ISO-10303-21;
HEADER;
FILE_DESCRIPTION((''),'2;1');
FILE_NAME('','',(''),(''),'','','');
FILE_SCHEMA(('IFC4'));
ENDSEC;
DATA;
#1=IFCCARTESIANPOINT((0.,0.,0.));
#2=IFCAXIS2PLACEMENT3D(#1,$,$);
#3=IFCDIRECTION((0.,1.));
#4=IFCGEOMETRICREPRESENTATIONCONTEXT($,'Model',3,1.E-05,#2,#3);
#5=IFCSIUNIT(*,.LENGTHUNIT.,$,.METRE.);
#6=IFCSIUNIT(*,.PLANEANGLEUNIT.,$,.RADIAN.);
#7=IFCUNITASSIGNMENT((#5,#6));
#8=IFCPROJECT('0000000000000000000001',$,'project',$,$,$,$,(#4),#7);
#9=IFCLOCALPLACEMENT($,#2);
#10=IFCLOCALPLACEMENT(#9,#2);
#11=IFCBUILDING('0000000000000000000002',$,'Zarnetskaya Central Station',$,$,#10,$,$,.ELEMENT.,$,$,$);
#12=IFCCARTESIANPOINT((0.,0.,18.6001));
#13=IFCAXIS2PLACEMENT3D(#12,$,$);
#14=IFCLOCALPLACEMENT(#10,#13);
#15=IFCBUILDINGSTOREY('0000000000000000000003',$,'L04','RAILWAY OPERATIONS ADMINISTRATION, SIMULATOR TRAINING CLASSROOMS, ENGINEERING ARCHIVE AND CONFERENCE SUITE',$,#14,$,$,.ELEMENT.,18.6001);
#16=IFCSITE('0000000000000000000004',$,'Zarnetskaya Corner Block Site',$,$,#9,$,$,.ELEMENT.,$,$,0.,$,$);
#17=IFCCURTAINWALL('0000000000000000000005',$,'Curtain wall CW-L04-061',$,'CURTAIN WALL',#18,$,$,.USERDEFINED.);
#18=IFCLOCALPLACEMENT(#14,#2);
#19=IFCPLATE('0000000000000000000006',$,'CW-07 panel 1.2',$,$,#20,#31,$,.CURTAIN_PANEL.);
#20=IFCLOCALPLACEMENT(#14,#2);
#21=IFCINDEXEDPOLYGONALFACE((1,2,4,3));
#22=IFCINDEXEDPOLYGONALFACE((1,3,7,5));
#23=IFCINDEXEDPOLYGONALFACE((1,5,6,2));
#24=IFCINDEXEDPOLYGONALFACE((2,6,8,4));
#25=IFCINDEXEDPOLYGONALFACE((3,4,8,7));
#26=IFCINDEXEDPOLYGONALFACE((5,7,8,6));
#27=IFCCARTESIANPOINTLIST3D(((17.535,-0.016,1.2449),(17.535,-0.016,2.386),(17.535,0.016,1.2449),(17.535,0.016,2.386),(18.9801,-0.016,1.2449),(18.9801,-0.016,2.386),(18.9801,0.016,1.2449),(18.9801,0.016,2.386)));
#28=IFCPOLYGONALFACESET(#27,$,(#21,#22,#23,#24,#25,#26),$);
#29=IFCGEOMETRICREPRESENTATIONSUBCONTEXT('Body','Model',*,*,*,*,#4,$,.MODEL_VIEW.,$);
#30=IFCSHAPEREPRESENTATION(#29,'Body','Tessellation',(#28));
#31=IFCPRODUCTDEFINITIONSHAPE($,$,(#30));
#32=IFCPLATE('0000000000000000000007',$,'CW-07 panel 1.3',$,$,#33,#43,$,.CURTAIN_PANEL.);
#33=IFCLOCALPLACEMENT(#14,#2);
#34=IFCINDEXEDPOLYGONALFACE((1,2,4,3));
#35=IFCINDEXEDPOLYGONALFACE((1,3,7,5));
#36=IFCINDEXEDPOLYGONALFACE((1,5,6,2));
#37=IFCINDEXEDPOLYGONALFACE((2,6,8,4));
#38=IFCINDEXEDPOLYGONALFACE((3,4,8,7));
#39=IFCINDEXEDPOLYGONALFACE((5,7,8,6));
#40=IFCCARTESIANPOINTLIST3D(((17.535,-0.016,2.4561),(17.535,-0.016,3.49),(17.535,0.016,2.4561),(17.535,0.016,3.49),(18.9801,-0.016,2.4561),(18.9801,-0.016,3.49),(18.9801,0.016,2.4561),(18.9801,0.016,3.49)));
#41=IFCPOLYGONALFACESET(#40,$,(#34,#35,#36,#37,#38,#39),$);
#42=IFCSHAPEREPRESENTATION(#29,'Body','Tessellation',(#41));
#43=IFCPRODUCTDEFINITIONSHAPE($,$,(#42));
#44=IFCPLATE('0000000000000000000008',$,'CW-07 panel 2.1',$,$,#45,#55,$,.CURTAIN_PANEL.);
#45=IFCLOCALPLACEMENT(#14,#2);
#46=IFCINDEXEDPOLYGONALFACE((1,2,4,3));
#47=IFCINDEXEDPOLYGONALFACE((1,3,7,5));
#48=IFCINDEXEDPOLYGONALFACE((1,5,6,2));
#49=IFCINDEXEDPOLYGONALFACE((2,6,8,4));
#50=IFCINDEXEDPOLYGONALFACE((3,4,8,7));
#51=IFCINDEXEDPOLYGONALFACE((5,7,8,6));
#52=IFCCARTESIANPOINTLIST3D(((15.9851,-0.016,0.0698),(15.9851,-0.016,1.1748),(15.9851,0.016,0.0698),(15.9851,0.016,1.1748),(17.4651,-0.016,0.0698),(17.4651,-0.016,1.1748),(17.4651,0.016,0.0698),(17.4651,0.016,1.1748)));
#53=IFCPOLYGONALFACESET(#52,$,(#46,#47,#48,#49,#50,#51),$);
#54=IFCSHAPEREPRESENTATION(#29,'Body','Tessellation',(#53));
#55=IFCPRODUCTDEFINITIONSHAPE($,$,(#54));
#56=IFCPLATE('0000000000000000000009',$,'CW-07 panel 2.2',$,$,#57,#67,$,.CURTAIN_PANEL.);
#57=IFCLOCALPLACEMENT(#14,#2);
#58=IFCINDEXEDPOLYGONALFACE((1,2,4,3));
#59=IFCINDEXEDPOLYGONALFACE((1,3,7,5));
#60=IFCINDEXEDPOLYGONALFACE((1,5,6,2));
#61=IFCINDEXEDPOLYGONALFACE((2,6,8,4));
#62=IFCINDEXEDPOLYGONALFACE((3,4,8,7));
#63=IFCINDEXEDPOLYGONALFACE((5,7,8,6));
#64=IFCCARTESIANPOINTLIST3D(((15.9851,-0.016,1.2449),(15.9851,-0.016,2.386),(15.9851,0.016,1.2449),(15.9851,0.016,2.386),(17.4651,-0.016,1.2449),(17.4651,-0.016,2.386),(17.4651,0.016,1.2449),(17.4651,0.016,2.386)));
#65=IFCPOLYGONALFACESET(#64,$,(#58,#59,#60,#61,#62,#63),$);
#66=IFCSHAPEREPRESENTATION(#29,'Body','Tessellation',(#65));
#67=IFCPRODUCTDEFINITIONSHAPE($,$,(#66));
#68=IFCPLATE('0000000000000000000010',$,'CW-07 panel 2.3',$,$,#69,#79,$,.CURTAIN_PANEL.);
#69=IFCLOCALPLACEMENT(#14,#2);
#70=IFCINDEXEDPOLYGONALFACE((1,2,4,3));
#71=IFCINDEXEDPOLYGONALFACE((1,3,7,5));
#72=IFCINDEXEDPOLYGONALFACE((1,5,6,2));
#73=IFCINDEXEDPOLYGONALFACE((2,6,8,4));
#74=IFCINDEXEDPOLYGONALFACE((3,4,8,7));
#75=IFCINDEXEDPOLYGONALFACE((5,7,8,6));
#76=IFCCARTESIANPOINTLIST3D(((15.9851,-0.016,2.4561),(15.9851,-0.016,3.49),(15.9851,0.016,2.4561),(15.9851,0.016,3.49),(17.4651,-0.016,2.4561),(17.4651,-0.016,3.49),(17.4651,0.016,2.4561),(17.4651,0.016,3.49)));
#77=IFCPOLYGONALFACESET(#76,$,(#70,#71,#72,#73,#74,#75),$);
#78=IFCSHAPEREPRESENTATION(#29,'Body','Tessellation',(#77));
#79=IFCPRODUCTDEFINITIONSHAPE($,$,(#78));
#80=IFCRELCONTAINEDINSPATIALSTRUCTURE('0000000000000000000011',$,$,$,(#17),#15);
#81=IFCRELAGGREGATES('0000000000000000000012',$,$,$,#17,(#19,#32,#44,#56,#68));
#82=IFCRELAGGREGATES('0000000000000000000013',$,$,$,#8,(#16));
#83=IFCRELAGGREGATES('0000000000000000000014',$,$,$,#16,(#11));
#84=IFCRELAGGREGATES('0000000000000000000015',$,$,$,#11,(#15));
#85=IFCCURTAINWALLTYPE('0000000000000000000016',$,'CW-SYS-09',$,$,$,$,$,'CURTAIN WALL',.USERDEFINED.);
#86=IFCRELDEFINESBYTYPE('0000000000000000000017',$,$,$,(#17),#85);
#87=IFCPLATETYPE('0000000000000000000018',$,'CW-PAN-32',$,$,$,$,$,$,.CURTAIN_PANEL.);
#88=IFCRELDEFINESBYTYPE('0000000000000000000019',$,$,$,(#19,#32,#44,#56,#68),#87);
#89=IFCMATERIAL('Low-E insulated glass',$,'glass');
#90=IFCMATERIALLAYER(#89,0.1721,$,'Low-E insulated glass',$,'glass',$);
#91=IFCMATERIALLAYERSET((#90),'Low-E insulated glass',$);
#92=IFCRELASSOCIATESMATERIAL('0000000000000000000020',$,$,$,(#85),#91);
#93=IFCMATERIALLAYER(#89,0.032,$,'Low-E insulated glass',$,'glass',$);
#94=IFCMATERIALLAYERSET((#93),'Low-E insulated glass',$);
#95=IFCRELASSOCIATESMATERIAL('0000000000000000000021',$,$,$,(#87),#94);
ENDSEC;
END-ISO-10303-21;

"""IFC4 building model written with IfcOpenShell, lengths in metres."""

from ifc_helpers import new_model, si_unit, direction, frame, origin, origin_2d, place, context, subcontext, project, spatial, rectangle, extrude, material, layer, layer_set, type_object, element, aggregate, save


model = new_model("IFC4")

# Units and contexts
model_context = context("Model", 3, precision=1e-05, world=origin(), true_north=direction((0.0, 1.0)))
body_context = subcontext(model_context, "Body", "Model", "MODEL_VIEW")
ifc_project = project(units=[si_unit("LENGTHUNIT", "METRE"), si_unit("PLANEANGLEUNIT", "RADIAN")], contexts=[model_context])

# Site, building, storey
site_placement = place(None, origin())
site = spatial("IfcSite", under=ifc_project, at=site_placement, Name="Zarnetskaya Corner Block Site", CompositionType="ELEMENT", RefElevation=0.0)
building_placement = place(site_placement, origin())
building = spatial("IfcBuilding", under=site, at=building_placement, Name="Zarnetskaya Central Station", CompositionType="ELEMENT")
storey_placement = place(building_placement, frame((0.0, 0.0, 18.6001)))
storey = spatial("IfcBuildingStorey", under=building, at=storey_placement, Name="L04", Description="RAILWAY OPERATIONS ADMINISTRATION, SIMULATOR TRAINING CLASSROOMS, ENGINEERING ARCHIVE AND CONFERENCE SUITE", CompositionType="ELEMENT", Elevation=18.6001)

# Curtain wall, plates
ifc_material_1 = material(Name="Low-E insulated glass", Category="glass")
ifc_layer_1 = layer(ifc_material_1, 0.1721, Name="Low-E insulated glass", Category="glass")
ifc_layer_set_1 = layer_set([ifc_layer_1], Name="Low-E insulated glass")
curtain_wall_type = type_object("IfcCurtainWallType", Name="CW-SYS-09", ElementType="CURTAIN WALL", PredefinedType="USERDEFINED", material=ifc_layer_set_1)
curtain_wall_placement = place(storey_placement, origin())
curtain_wall = element("IfcCurtainWall", 1, at=curtain_wall_placement, inside=storey, type_object=curtain_wall_type, Name="Curtain wall CW-L04-061", ObjectType="CURTAIN WALL", PredefinedType="USERDEFINED")
ifc_layer_2 = layer(ifc_material_1, 0.032, Name="Low-E insulated glass", Category="glass")
ifc_layer_set_2 = layer_set([ifc_layer_2], Name="Low-E insulated glass")
plate_type = type_object("IfcPlateType", Name="CW-PAN-32", PredefinedType="CURTAIN_PANEL", material=ifc_layer_set_2)
plate_1_placement = place(storey_placement, frame((18.2576, 0.0, 1.2449), z_axis=(0.0, 0.0, 1.0), x_axis=(-1.0, 0.0, 0.0)))
plate_1 = element("IfcPlate", 2, at=plate_1_placement, type_object=plate_type, Name="CW-07 panel 1.2", PredefinedType="CURTAIN_PANEL", context=body_context, shape_type="SweptSolid", body=[
    extrude(rectangle(XDim=1.4451, YDim=0.032, at=origin_2d()), origin(), (0.0, 0.0, 1.0), 1.1411),
])
plate_2_placement = place(storey_placement, frame((18.2576, 0.0, 2.4561), z_axis=(0.0, 0.0, 1.0), x_axis=(-1.0, 0.0, 0.0)))
plate_2 = element("IfcPlate", 3, at=plate_2_placement, type_object=plate_type, Name="CW-07 panel 1.3", PredefinedType="CURTAIN_PANEL", context=body_context, shape_type="SweptSolid", body=[
    extrude(rectangle(XDim=1.4451, YDim=0.032, at=origin_2d()), origin(), (0.0, 0.0, 1.0), 1.0339),
])
plate_3_placement = place(storey_placement, frame((16.7251, 0.0, 0.0698), z_axis=(0.0, 0.0, 1.0), x_axis=(-1.0, 0.0, 0.0)))
plate_3 = element("IfcPlate", 4, at=plate_3_placement, type_object=plate_type, Name="CW-07 panel 2.1", PredefinedType="CURTAIN_PANEL", context=body_context, shape_type="SweptSolid", body=[
    extrude(rectangle(XDim=1.48, YDim=0.032, at=origin_2d()), origin(), (0.0, 0.0, 1.0), 1.105),
])
plate_4_placement = place(storey_placement, frame((16.7251, 0.0, 1.2449), z_axis=(0.0, 0.0, 1.0), x_axis=(-1.0, 0.0, 0.0)))
plate_4 = element("IfcPlate", 5, at=plate_4_placement, type_object=plate_type, Name="CW-07 panel 2.2", PredefinedType="CURTAIN_PANEL", context=body_context, shape_type="SweptSolid", body=[
    extrude(rectangle(XDim=1.48, YDim=0.032, at=origin_2d()), origin(), (0.0, 0.0, 1.0), 1.1411),
])
plate_5_placement = place(storey_placement, frame((16.7251, 0.0, 2.4561), z_axis=(0.0, 0.0, 1.0), x_axis=(-1.0, 0.0, 0.0)))
plate_5 = element("IfcPlate", 6, at=plate_5_placement, type_object=plate_type, Name="CW-07 panel 2.3", PredefinedType="CURTAIN_PANEL", context=body_context, shape_type="SweptSolid", body=[
    extrude(rectangle(XDim=1.48, YDim=0.032, at=origin_2d()), origin(), (0.0, 0.0, 1.0), 1.0339),
])
aggregate(curtain_wall, [plate_1, plate_2, plate_3, plate_4, plate_5])

save(model, "model.ifc")
